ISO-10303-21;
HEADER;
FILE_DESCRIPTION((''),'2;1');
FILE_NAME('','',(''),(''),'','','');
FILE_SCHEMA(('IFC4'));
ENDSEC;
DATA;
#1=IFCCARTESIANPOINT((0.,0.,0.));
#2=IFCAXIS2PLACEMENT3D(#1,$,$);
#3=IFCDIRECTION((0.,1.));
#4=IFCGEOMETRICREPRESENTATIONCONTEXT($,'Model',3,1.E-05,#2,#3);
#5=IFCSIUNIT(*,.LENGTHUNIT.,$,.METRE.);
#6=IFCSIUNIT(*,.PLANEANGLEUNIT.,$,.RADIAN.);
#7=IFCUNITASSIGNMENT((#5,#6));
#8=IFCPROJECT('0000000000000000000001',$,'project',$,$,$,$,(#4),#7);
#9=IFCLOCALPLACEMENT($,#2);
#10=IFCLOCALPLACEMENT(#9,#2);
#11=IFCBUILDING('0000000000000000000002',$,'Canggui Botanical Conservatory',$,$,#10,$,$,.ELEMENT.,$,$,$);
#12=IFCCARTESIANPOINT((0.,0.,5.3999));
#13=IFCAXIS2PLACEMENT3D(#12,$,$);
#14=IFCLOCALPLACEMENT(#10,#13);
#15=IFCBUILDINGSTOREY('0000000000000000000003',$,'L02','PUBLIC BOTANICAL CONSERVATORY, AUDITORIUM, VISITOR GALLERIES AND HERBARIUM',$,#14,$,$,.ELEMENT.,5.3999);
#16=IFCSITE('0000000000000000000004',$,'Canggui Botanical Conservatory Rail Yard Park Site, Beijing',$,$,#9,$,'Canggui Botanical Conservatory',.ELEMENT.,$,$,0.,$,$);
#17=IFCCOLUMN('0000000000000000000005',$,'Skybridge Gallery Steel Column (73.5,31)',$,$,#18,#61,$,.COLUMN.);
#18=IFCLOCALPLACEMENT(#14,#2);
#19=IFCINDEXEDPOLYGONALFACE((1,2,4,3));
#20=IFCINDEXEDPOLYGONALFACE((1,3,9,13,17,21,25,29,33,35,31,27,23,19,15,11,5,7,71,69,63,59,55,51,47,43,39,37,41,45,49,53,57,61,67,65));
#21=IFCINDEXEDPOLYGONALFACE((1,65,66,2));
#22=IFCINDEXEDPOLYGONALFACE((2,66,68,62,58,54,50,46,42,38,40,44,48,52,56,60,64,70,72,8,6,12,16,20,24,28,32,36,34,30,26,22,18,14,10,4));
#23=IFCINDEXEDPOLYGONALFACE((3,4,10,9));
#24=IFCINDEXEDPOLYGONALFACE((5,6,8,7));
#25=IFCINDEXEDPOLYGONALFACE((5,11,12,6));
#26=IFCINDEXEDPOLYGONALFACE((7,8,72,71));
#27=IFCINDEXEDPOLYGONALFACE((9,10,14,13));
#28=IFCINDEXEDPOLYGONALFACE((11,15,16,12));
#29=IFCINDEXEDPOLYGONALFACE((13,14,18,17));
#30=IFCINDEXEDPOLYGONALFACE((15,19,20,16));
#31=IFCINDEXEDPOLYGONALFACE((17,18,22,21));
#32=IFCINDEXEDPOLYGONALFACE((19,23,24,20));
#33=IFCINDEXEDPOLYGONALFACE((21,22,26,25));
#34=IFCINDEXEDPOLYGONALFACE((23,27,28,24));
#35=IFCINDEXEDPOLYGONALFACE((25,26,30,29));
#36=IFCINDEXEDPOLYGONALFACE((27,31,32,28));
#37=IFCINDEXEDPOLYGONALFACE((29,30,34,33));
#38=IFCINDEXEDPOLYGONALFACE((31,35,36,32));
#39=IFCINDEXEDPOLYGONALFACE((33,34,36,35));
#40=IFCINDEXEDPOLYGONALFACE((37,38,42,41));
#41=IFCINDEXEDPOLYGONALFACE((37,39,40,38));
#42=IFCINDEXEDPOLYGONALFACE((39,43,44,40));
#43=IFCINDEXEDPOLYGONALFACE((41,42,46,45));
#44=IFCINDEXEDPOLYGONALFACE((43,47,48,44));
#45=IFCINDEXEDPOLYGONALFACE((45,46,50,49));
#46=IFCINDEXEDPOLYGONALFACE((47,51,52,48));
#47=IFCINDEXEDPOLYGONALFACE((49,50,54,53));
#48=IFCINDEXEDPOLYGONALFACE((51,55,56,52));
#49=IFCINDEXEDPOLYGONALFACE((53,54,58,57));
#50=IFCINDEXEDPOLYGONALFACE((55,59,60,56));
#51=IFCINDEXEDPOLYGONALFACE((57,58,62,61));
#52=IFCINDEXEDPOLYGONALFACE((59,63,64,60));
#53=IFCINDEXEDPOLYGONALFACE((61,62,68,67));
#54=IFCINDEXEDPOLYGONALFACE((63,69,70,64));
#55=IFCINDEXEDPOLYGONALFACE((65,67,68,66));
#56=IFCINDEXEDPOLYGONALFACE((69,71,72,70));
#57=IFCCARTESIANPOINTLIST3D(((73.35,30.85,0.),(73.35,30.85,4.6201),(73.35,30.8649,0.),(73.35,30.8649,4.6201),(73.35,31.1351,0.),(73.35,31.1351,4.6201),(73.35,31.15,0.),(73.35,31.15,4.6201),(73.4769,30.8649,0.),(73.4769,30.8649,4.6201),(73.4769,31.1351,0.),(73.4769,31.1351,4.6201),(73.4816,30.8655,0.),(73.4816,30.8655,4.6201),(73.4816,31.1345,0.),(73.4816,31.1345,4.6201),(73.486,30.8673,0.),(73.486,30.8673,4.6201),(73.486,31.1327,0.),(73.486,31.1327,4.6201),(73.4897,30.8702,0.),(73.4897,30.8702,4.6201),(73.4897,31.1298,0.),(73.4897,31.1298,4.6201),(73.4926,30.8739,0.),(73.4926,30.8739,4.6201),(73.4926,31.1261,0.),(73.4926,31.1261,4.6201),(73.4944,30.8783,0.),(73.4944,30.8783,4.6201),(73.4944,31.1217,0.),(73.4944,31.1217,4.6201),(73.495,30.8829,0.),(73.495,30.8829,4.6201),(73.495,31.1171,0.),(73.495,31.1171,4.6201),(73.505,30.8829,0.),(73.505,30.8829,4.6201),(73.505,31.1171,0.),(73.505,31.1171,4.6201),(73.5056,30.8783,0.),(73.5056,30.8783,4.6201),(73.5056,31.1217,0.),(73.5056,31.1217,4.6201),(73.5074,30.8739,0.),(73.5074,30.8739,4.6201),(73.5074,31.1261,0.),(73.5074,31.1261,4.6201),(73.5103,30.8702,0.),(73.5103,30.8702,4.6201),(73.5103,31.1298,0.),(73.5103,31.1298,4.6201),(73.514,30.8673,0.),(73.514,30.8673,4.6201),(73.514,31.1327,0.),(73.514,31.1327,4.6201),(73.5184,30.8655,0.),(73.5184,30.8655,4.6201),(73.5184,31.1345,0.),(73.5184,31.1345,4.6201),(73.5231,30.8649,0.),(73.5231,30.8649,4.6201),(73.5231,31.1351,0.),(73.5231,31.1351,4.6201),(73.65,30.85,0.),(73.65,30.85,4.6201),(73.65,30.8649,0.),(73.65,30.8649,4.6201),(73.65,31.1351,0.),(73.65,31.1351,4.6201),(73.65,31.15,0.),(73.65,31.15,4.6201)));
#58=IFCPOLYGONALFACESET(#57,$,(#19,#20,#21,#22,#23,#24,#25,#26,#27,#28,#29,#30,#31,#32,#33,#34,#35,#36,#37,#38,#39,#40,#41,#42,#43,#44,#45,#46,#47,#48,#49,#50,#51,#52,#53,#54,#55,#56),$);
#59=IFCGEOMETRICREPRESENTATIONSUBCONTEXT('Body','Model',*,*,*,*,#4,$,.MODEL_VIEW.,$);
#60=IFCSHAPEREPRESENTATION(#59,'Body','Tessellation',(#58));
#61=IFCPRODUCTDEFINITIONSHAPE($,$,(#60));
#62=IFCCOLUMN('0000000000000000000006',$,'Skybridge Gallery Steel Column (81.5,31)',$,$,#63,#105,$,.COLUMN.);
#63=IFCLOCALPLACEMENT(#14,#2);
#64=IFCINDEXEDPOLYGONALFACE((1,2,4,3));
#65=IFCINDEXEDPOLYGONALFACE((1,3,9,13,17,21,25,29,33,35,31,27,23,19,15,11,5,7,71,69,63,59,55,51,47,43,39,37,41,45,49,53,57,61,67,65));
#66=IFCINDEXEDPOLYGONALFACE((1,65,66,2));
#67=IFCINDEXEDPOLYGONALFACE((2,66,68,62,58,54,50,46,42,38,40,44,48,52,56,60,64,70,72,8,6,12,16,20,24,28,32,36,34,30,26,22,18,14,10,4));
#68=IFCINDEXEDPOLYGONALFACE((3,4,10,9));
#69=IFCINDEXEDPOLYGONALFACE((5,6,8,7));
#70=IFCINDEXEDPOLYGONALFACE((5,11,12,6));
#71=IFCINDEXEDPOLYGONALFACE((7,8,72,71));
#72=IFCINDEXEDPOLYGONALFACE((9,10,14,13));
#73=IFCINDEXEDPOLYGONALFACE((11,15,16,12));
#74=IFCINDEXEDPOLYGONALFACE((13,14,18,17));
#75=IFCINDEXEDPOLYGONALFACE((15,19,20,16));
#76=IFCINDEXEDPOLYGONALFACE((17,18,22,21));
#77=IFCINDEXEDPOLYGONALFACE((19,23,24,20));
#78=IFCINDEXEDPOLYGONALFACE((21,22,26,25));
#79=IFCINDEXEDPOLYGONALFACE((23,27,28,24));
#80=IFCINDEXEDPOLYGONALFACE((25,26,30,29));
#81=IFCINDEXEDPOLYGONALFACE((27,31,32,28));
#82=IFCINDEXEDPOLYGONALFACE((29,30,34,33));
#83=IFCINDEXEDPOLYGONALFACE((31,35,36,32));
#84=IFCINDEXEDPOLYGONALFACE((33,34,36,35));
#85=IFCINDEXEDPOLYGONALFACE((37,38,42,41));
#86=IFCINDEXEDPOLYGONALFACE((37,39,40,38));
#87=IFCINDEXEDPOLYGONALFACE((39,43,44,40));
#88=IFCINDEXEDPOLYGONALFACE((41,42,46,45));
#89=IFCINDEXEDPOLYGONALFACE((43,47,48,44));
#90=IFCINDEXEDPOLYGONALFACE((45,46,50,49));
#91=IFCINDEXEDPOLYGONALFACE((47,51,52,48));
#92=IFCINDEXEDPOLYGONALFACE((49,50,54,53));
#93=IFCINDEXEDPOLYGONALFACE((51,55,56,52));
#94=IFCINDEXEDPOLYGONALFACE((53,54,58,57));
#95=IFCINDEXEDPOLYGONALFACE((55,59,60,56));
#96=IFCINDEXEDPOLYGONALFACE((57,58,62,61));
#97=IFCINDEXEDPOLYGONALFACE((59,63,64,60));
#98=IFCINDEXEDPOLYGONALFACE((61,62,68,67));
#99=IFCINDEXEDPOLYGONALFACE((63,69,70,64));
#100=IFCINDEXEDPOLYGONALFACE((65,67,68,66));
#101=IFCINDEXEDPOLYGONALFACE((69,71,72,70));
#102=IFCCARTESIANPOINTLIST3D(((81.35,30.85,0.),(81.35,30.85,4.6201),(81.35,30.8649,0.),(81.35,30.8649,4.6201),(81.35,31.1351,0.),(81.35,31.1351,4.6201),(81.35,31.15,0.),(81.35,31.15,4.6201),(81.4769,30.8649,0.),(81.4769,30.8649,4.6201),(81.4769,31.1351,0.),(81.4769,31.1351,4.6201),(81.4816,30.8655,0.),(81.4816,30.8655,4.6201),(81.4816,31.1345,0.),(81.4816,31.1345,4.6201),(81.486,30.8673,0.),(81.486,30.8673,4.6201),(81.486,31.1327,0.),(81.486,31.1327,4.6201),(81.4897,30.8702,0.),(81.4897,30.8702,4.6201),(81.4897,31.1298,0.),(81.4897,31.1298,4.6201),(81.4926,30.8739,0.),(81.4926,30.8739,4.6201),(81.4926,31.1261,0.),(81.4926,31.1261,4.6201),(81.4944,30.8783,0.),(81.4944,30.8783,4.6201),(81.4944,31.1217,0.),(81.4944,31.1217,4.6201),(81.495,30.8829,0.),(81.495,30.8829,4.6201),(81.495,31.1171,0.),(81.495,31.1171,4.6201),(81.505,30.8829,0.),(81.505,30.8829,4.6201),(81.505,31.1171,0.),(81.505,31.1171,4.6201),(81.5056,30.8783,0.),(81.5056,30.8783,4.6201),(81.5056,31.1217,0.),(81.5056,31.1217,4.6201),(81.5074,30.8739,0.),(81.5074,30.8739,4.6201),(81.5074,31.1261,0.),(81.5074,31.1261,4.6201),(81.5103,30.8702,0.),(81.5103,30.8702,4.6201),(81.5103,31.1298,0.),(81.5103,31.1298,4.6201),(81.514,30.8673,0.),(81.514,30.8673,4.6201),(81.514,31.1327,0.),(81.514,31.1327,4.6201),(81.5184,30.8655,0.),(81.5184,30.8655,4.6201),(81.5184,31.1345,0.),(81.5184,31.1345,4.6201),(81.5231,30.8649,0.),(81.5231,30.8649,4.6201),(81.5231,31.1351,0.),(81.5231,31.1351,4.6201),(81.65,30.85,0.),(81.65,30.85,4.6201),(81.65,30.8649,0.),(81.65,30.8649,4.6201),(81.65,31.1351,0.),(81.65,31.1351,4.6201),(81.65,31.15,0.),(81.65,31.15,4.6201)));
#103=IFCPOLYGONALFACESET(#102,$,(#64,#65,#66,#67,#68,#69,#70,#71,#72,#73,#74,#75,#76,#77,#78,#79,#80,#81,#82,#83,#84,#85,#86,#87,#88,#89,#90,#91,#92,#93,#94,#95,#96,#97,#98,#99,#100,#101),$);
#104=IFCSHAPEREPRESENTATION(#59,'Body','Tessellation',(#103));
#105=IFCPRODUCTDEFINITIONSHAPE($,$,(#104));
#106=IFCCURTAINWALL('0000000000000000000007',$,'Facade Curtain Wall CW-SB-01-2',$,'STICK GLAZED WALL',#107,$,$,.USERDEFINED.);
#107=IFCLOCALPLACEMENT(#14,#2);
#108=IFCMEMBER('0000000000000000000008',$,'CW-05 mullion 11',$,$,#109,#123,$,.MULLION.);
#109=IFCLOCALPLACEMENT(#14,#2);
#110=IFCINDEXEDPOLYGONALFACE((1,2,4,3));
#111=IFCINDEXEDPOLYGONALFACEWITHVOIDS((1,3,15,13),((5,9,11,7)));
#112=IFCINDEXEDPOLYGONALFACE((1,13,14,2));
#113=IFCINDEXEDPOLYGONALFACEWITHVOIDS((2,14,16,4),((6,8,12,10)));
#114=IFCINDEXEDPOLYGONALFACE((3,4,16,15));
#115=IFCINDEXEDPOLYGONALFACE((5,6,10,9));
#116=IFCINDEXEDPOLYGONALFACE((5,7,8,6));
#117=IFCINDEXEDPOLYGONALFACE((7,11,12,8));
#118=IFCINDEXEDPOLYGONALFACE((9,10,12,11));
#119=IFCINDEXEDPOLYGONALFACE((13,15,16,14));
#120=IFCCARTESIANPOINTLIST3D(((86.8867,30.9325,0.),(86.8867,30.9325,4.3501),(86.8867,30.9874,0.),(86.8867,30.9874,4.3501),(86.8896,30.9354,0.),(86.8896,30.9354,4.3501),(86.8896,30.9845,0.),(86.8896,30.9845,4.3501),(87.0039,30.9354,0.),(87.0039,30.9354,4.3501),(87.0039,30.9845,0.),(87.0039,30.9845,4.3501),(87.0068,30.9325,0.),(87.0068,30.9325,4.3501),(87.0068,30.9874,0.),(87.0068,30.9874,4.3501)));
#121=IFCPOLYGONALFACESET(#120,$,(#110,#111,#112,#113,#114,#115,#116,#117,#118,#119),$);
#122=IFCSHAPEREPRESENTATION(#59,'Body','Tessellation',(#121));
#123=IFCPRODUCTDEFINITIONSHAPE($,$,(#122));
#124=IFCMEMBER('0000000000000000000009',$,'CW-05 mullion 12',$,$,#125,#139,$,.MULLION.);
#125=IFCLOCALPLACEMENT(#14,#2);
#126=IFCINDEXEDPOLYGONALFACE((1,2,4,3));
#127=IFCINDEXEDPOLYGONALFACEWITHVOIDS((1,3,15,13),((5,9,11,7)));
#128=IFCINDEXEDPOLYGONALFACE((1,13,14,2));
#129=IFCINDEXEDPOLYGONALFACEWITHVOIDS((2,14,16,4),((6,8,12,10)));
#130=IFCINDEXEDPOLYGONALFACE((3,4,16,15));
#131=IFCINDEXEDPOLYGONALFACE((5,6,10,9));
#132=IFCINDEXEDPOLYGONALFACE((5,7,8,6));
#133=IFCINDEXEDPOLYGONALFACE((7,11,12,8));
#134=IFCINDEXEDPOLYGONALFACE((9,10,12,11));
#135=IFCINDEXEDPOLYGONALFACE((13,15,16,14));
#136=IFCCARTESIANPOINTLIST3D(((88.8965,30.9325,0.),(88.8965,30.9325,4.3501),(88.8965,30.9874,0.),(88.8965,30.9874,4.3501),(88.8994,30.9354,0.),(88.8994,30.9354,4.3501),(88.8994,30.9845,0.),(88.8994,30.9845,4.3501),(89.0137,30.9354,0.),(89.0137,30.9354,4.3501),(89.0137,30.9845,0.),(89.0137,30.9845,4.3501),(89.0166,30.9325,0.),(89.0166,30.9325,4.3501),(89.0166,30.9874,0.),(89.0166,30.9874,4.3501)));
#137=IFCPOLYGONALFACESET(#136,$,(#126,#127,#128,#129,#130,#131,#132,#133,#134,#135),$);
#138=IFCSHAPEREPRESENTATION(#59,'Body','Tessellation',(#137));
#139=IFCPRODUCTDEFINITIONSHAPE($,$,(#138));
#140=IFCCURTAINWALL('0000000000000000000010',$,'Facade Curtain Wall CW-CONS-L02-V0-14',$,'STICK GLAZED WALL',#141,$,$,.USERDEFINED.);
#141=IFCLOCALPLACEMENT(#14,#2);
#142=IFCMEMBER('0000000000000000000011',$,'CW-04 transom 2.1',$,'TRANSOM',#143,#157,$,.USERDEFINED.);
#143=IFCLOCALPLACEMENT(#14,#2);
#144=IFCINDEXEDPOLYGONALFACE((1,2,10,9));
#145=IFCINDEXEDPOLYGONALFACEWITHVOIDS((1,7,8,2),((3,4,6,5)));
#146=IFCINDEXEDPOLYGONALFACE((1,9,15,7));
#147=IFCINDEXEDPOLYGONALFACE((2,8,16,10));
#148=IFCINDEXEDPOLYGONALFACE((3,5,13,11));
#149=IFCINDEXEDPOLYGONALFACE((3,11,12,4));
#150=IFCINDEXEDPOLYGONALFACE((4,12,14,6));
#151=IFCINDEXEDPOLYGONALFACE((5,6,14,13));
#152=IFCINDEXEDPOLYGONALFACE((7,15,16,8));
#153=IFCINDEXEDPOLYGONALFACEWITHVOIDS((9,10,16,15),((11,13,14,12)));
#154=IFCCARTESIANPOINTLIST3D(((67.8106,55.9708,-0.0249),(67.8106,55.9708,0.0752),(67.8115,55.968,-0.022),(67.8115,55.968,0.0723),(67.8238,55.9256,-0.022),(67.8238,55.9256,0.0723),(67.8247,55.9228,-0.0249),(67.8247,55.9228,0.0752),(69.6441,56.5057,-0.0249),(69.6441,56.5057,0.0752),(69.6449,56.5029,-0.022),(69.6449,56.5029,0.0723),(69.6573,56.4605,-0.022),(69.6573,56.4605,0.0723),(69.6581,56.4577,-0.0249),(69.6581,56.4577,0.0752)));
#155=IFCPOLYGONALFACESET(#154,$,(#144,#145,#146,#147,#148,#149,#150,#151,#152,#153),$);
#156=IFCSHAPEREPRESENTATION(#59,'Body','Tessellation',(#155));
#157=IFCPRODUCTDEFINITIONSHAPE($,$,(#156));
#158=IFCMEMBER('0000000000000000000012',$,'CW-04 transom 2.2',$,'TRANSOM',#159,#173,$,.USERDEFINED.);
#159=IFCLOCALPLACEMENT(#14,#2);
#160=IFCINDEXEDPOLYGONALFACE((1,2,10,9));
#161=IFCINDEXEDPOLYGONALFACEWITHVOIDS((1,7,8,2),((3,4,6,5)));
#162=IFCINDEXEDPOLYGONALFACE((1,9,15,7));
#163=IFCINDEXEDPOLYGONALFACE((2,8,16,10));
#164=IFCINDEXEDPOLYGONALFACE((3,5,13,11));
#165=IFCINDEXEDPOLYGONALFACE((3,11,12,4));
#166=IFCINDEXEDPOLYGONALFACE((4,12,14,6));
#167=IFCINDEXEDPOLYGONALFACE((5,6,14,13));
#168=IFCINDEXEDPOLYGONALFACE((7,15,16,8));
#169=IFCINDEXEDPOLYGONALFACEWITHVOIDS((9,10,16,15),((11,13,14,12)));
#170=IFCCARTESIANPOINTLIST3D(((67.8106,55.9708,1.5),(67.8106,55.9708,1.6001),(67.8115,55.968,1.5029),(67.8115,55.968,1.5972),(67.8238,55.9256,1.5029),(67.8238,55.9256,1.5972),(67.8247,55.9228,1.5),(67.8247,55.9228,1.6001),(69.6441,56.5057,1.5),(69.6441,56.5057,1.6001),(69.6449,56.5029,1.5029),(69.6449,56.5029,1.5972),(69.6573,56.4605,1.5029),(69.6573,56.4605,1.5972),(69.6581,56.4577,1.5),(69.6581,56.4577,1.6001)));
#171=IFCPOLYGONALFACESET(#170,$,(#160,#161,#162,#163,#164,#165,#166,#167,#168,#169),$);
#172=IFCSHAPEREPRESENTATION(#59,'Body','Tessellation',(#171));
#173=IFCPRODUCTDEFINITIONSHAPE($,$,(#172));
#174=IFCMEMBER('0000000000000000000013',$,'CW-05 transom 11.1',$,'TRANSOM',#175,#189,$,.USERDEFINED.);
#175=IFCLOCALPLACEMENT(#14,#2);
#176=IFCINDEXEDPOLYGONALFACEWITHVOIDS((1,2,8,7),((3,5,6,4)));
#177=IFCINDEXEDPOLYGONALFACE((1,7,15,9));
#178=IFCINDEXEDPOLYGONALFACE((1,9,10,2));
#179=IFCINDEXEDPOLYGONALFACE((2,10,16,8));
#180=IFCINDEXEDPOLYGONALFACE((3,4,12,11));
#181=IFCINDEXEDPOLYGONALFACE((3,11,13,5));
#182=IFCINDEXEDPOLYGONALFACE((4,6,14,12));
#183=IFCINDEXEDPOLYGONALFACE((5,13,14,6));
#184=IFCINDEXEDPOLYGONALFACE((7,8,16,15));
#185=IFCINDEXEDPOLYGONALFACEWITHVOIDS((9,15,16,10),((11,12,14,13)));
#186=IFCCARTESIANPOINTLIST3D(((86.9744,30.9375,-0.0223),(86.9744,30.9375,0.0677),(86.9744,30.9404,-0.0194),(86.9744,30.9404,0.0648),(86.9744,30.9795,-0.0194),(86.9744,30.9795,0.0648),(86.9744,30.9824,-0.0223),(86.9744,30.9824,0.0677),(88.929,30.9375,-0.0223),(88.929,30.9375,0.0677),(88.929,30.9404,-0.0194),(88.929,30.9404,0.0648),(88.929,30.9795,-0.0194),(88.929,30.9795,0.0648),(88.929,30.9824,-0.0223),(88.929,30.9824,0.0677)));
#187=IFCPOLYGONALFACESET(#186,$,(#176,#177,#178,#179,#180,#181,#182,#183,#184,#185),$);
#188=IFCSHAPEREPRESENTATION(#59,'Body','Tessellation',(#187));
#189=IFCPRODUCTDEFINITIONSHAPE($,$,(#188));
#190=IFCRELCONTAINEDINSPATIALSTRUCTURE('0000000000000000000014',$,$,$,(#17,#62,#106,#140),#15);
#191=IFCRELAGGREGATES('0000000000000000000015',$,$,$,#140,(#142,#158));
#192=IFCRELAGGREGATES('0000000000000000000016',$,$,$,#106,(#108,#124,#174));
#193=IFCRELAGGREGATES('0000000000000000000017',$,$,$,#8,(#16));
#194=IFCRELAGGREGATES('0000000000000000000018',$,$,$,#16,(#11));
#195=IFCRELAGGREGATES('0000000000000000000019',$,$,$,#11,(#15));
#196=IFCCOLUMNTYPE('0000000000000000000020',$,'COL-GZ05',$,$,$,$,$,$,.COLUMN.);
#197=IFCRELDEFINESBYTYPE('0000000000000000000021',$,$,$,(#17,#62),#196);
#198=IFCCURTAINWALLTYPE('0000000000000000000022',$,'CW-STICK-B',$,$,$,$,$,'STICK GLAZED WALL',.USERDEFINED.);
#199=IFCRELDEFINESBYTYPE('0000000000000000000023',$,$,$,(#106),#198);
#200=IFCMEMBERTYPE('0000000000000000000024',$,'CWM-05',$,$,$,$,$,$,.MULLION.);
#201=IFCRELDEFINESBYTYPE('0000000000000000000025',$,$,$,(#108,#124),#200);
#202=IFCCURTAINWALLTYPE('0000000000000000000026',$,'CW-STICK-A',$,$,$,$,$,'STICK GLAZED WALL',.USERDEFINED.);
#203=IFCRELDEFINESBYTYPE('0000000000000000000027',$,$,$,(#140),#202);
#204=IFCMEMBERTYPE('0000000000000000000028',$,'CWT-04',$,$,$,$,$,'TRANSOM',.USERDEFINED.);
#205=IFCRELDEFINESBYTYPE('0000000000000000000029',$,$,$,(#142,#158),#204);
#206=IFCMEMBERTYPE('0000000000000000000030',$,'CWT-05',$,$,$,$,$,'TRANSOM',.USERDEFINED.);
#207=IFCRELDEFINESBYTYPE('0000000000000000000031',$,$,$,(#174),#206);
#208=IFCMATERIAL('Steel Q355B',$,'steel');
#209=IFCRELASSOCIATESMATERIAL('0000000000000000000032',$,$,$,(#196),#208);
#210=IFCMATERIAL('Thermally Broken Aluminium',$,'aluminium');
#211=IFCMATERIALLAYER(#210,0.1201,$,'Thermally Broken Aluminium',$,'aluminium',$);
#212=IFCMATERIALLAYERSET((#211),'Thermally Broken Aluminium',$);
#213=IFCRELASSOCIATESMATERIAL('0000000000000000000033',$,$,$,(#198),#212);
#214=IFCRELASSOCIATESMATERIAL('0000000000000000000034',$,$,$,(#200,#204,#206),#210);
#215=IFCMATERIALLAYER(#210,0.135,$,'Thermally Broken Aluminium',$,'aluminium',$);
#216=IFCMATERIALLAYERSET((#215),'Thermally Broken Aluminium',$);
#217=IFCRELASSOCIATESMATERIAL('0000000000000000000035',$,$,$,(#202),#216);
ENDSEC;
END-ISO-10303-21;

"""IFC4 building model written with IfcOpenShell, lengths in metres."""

from ifc_helpers import new_model, si_unit, direction, frame, origin, origin_2d, place, context, subcontext, project, spatial, hollow_rectangle, i_section, extrude, material, layer, layer_set, material_profile, profile_set, type_object, element, aggregate, save


model = new_model("IFC4")

# Units and contexts
model_context = context("Model", 3, precision=1e-05, world=origin(), true_north=direction((0.0, 1.0)))
body_context = subcontext(model_context, "Body", "Model", "MODEL_VIEW")
ifc_project = project(units=[si_unit("LENGTHUNIT", "METRE"), si_unit("PLANEANGLEUNIT", "RADIAN")], contexts=[model_context])

# Site, building, storey
site_placement = place(None, origin())
site = spatial("IfcSite", under=ifc_project, at=site_placement, Name="Canggui Botanical Conservatory Rail Yard Park Site, Beijing", LongName="Canggui Botanical Conservatory", CompositionType="ELEMENT", RefElevation=0.0)
building_placement = place(site_placement, origin())
building = spatial("IfcBuilding", under=site, at=building_placement, Name="Canggui Botanical Conservatory", CompositionType="ELEMENT")
storey_placement = place(building_placement, frame((0.0, 0.0, 5.3999)))
storey = spatial("IfcBuildingStorey", under=building, at=storey_placement, Name="L02", Description="PUBLIC BOTANICAL CONSERVATORY, AUDITORIUM, VISITOR GALLERIES AND HERBARIUM", CompositionType="ELEMENT", Elevation=5.3999)

# Columns
ifc_material_1 = material(Name="Steel Q355B", Category="steel")
ifc_material_profile_1 = material_profile(ifc_material_1, i_section(OverallWidth=0.3, OverallDepth=0.3, WebThickness=0.01, FlangeThickness=0.0149, FilletRadius=0.0181, at=origin_2d()), Name="HW 300x300x10x15")
ifc_profile_set_1 = profile_set([ifc_material_profile_1], Name="Steel Q355B")
column_type = type_object("IfcColumnType", Name="COL-GZ05", PredefinedType="COLUMN", material=ifc_profile_set_1)
for number, where, z_axis, x_axis, name in (
    (1, (73.5, 31.0, 0.0), (0.0, 0.0, 1.0), (1.0, 0.0, 0.0), "Skybridge Gallery Steel Column (73.5,31)"),
    (2, (81.5, 31.0, 0.0), (0.0, 0.0, 1.0), (1.0, 0.0, 0.0), "Skybridge Gallery Steel Column (81.5,31)"),
):
    element("IfcColumn", number, at=place(storey_placement, frame(where, z_axis=z_axis, x_axis=x_axis)), inside=storey, type_object=column_type, Name=name, PredefinedType="COLUMN", context=body_context, shape_type="SweptSolid", body=[
        extrude(i_section(OverallWidth=0.3, OverallDepth=0.3, WebThickness=0.01, FlangeThickness=0.0149, FilletRadius=0.0181, at=origin_2d()), origin(), (0.0, 0.0, 1.0), 4.6201),
    ])

# Curtain walls, members
ifc_material_2 = material(Name="Thermally Broken Aluminium", Category="aluminium")
ifc_layer_1 = layer(ifc_material_2, 0.1201, Name="Thermally Broken Aluminium", Category="aluminium")
ifc_layer_set_1 = layer_set([ifc_layer_1], Name="Thermally Broken Aluminium")
curtain_wall_type_1 = type_object("IfcCurtainWallType", Name="CW-STICK-B", ElementType="STICK GLAZED WALL", PredefinedType="USERDEFINED", material=ifc_layer_set_1)
curtain_wall_1_placement = place(storey_placement, origin())
curtain_wall_1 = element("IfcCurtainWall", 3, at=curtain_wall_1_placement, inside=storey, type_object=curtain_wall_type_1, Name="Facade Curtain Wall CW-SB-01-2", ObjectType="STICK GLAZED WALL", PredefinedType="USERDEFINED")
ifc_material_profile_2 = material_profile(ifc_material_2, hollow_rectangle(XDim=0.0549, YDim=0.1201, WallThickness=0.0029, at=origin_2d()), Name="CWM 55x120x3")
ifc_profile_set_2 = profile_set([ifc_material_profile_2], Name="Thermally Broken Aluminium")
member_type_1 = type_object("IfcMemberType", Name="CWM-05", PredefinedType="MULLION", material=ifc_profile_set_2)
member_1_placement = place(storey_placement, frame((86.9468, 30.96, 0.0), z_axis=(0.0, 0.0, 1.0), x_axis=(0.0, 1.0, 0.0)))
member_1 = element("IfcMember", 4, at=member_1_placement, type_object=member_type_1, Name="CW-05 mullion 11", PredefinedType="MULLION", context=body_context, shape_type="SweptSolid", body=[
    extrude(hollow_rectangle(XDim=0.0549, YDim=0.1201, WallThickness=0.0029, at=origin_2d()), origin(), (0.0, 0.0, 1.0), 4.3501),
])
member_2_placement = place(storey_placement, frame((88.9565, 30.96, 0.0), z_axis=(0.0, 0.0, 1.0), x_axis=(0.0, 1.0, 0.0)))
member_2 = element("IfcMember", 5, at=member_2_placement, type_object=member_type_1, Name="CW-05 mullion 12", PredefinedType="MULLION", context=body_context, shape_type="SweptSolid", body=[
    extrude(hollow_rectangle(XDim=0.0549, YDim=0.1201, WallThickness=0.0029, at=origin_2d()), origin(), (0.0, 0.0, 1.0), 4.3501),
])
ifc_layer_2 = layer(ifc_material_2, 0.135, Name="Thermally Broken Aluminium", Category="aluminium")
ifc_layer_set_2 = layer_set([ifc_layer_2], Name="Thermally Broken Aluminium")
curtain_wall_type_2 = type_object("IfcCurtainWallType", Name="CW-STICK-A", ElementType="STICK GLAZED WALL", PredefinedType="USERDEFINED", material=ifc_layer_set_2)
curtain_wall_2_placement = place(storey_placement, origin())
curtain_wall_2 = element("IfcCurtainWall", 6, at=curtain_wall_2_placement, inside=storey, type_object=curtain_wall_type_2, Name="Facade Curtain Wall CW-CONS-L02-V0-14", ObjectType="STICK GLAZED WALL", PredefinedType="USERDEFINED")
ifc_material_profile_3 = material_profile(ifc_material_2, hollow_rectangle(XDim=0.05, YDim=0.1001, WallThickness=0.0029, at=origin_2d()), Name="CWT 50x100x3")
ifc_profile_set_3 = profile_set([ifc_material_profile_3], Name="Thermally Broken Aluminium")
member_type_2 = type_object("IfcMemberType", Name="CWT-04", ElementType="TRANSOM", PredefinedType="USERDEFINED", material=ifc_profile_set_3)
member_3_placement = place(storey_placement, frame((69.6511, 56.4817, 0.0251), z_axis=(-0.95998, -0.280069, 0.0), x_axis=(0.280069, -0.95998, 0.0)))
member_3 = element("IfcMember", 7, at=member_3_placement, type_object=member_type_2, Name="CW-04 transom 2.1", ObjectType="TRANSOM", PredefinedType="USERDEFINED", context=body_context, shape_type="SweptSolid", body=[
    extrude(hollow_rectangle(XDim=0.05, YDim=0.1001, WallThickness=0.0029, at=origin_2d()), origin(), (0.0, 0.0, 1.0), 1.9099),
])
member_4_placement = place(storey_placement, frame((69.6511, 56.4817, 1.55), z_axis=(-0.95998, -0.280069, 0.0), x_axis=(0.280069, -0.95998, 0.0)))
member_4 = element("IfcMember", 8, at=member_4_placement, type_object=member_type_2, Name="CW-04 transom 2.2", ObjectType="TRANSOM", PredefinedType="USERDEFINED", context=body_context, shape_type="SweptSolid", body=[
    extrude(hollow_rectangle(XDim=0.05, YDim=0.1001, WallThickness=0.0029, at=origin_2d()), origin(), (0.0, 0.0, 1.0), 1.9099),
])
aggregate(curtain_wall_2, [member_3, member_4])

# Member
ifc_material_profile_4 = material_profile(ifc_material_2, hollow_rectangle(XDim=0.0449, YDim=0.0901, WallThickness=0.0029, at=origin_2d()), Name="CWT 45x90x3")
ifc_profile_set_4 = profile_set([ifc_material_profile_4], Name="Thermally Broken Aluminium")
member_type_3 = type_object("IfcMemberType", Name="CWT-05", ElementType="TRANSOM", PredefinedType="USERDEFINED", material=ifc_profile_set_4)
member_5_placement = place(storey_placement, frame((86.9744, 30.96, 0.0227), z_axis=(1.0, 0.0, 0.0), x_axis=(0.0, 1.0, 0.0)))
member_5 = element("IfcMember", 9, at=member_5_placement, type_object=member_type_3, Name="CW-05 transom 11.1", ObjectType="TRANSOM", PredefinedType="USERDEFINED", context=body_context, shape_type="SweptSolid", body=[
    extrude(hollow_rectangle(XDim=0.0449, YDim=0.0901, WallThickness=0.0029, at=origin_2d()), origin(), (0.0, 0.0, 1.0), 1.9546),
])

aggregate(curtain_wall_1, [member_1, member_2, member_5])

save(model, "model.ifc")
